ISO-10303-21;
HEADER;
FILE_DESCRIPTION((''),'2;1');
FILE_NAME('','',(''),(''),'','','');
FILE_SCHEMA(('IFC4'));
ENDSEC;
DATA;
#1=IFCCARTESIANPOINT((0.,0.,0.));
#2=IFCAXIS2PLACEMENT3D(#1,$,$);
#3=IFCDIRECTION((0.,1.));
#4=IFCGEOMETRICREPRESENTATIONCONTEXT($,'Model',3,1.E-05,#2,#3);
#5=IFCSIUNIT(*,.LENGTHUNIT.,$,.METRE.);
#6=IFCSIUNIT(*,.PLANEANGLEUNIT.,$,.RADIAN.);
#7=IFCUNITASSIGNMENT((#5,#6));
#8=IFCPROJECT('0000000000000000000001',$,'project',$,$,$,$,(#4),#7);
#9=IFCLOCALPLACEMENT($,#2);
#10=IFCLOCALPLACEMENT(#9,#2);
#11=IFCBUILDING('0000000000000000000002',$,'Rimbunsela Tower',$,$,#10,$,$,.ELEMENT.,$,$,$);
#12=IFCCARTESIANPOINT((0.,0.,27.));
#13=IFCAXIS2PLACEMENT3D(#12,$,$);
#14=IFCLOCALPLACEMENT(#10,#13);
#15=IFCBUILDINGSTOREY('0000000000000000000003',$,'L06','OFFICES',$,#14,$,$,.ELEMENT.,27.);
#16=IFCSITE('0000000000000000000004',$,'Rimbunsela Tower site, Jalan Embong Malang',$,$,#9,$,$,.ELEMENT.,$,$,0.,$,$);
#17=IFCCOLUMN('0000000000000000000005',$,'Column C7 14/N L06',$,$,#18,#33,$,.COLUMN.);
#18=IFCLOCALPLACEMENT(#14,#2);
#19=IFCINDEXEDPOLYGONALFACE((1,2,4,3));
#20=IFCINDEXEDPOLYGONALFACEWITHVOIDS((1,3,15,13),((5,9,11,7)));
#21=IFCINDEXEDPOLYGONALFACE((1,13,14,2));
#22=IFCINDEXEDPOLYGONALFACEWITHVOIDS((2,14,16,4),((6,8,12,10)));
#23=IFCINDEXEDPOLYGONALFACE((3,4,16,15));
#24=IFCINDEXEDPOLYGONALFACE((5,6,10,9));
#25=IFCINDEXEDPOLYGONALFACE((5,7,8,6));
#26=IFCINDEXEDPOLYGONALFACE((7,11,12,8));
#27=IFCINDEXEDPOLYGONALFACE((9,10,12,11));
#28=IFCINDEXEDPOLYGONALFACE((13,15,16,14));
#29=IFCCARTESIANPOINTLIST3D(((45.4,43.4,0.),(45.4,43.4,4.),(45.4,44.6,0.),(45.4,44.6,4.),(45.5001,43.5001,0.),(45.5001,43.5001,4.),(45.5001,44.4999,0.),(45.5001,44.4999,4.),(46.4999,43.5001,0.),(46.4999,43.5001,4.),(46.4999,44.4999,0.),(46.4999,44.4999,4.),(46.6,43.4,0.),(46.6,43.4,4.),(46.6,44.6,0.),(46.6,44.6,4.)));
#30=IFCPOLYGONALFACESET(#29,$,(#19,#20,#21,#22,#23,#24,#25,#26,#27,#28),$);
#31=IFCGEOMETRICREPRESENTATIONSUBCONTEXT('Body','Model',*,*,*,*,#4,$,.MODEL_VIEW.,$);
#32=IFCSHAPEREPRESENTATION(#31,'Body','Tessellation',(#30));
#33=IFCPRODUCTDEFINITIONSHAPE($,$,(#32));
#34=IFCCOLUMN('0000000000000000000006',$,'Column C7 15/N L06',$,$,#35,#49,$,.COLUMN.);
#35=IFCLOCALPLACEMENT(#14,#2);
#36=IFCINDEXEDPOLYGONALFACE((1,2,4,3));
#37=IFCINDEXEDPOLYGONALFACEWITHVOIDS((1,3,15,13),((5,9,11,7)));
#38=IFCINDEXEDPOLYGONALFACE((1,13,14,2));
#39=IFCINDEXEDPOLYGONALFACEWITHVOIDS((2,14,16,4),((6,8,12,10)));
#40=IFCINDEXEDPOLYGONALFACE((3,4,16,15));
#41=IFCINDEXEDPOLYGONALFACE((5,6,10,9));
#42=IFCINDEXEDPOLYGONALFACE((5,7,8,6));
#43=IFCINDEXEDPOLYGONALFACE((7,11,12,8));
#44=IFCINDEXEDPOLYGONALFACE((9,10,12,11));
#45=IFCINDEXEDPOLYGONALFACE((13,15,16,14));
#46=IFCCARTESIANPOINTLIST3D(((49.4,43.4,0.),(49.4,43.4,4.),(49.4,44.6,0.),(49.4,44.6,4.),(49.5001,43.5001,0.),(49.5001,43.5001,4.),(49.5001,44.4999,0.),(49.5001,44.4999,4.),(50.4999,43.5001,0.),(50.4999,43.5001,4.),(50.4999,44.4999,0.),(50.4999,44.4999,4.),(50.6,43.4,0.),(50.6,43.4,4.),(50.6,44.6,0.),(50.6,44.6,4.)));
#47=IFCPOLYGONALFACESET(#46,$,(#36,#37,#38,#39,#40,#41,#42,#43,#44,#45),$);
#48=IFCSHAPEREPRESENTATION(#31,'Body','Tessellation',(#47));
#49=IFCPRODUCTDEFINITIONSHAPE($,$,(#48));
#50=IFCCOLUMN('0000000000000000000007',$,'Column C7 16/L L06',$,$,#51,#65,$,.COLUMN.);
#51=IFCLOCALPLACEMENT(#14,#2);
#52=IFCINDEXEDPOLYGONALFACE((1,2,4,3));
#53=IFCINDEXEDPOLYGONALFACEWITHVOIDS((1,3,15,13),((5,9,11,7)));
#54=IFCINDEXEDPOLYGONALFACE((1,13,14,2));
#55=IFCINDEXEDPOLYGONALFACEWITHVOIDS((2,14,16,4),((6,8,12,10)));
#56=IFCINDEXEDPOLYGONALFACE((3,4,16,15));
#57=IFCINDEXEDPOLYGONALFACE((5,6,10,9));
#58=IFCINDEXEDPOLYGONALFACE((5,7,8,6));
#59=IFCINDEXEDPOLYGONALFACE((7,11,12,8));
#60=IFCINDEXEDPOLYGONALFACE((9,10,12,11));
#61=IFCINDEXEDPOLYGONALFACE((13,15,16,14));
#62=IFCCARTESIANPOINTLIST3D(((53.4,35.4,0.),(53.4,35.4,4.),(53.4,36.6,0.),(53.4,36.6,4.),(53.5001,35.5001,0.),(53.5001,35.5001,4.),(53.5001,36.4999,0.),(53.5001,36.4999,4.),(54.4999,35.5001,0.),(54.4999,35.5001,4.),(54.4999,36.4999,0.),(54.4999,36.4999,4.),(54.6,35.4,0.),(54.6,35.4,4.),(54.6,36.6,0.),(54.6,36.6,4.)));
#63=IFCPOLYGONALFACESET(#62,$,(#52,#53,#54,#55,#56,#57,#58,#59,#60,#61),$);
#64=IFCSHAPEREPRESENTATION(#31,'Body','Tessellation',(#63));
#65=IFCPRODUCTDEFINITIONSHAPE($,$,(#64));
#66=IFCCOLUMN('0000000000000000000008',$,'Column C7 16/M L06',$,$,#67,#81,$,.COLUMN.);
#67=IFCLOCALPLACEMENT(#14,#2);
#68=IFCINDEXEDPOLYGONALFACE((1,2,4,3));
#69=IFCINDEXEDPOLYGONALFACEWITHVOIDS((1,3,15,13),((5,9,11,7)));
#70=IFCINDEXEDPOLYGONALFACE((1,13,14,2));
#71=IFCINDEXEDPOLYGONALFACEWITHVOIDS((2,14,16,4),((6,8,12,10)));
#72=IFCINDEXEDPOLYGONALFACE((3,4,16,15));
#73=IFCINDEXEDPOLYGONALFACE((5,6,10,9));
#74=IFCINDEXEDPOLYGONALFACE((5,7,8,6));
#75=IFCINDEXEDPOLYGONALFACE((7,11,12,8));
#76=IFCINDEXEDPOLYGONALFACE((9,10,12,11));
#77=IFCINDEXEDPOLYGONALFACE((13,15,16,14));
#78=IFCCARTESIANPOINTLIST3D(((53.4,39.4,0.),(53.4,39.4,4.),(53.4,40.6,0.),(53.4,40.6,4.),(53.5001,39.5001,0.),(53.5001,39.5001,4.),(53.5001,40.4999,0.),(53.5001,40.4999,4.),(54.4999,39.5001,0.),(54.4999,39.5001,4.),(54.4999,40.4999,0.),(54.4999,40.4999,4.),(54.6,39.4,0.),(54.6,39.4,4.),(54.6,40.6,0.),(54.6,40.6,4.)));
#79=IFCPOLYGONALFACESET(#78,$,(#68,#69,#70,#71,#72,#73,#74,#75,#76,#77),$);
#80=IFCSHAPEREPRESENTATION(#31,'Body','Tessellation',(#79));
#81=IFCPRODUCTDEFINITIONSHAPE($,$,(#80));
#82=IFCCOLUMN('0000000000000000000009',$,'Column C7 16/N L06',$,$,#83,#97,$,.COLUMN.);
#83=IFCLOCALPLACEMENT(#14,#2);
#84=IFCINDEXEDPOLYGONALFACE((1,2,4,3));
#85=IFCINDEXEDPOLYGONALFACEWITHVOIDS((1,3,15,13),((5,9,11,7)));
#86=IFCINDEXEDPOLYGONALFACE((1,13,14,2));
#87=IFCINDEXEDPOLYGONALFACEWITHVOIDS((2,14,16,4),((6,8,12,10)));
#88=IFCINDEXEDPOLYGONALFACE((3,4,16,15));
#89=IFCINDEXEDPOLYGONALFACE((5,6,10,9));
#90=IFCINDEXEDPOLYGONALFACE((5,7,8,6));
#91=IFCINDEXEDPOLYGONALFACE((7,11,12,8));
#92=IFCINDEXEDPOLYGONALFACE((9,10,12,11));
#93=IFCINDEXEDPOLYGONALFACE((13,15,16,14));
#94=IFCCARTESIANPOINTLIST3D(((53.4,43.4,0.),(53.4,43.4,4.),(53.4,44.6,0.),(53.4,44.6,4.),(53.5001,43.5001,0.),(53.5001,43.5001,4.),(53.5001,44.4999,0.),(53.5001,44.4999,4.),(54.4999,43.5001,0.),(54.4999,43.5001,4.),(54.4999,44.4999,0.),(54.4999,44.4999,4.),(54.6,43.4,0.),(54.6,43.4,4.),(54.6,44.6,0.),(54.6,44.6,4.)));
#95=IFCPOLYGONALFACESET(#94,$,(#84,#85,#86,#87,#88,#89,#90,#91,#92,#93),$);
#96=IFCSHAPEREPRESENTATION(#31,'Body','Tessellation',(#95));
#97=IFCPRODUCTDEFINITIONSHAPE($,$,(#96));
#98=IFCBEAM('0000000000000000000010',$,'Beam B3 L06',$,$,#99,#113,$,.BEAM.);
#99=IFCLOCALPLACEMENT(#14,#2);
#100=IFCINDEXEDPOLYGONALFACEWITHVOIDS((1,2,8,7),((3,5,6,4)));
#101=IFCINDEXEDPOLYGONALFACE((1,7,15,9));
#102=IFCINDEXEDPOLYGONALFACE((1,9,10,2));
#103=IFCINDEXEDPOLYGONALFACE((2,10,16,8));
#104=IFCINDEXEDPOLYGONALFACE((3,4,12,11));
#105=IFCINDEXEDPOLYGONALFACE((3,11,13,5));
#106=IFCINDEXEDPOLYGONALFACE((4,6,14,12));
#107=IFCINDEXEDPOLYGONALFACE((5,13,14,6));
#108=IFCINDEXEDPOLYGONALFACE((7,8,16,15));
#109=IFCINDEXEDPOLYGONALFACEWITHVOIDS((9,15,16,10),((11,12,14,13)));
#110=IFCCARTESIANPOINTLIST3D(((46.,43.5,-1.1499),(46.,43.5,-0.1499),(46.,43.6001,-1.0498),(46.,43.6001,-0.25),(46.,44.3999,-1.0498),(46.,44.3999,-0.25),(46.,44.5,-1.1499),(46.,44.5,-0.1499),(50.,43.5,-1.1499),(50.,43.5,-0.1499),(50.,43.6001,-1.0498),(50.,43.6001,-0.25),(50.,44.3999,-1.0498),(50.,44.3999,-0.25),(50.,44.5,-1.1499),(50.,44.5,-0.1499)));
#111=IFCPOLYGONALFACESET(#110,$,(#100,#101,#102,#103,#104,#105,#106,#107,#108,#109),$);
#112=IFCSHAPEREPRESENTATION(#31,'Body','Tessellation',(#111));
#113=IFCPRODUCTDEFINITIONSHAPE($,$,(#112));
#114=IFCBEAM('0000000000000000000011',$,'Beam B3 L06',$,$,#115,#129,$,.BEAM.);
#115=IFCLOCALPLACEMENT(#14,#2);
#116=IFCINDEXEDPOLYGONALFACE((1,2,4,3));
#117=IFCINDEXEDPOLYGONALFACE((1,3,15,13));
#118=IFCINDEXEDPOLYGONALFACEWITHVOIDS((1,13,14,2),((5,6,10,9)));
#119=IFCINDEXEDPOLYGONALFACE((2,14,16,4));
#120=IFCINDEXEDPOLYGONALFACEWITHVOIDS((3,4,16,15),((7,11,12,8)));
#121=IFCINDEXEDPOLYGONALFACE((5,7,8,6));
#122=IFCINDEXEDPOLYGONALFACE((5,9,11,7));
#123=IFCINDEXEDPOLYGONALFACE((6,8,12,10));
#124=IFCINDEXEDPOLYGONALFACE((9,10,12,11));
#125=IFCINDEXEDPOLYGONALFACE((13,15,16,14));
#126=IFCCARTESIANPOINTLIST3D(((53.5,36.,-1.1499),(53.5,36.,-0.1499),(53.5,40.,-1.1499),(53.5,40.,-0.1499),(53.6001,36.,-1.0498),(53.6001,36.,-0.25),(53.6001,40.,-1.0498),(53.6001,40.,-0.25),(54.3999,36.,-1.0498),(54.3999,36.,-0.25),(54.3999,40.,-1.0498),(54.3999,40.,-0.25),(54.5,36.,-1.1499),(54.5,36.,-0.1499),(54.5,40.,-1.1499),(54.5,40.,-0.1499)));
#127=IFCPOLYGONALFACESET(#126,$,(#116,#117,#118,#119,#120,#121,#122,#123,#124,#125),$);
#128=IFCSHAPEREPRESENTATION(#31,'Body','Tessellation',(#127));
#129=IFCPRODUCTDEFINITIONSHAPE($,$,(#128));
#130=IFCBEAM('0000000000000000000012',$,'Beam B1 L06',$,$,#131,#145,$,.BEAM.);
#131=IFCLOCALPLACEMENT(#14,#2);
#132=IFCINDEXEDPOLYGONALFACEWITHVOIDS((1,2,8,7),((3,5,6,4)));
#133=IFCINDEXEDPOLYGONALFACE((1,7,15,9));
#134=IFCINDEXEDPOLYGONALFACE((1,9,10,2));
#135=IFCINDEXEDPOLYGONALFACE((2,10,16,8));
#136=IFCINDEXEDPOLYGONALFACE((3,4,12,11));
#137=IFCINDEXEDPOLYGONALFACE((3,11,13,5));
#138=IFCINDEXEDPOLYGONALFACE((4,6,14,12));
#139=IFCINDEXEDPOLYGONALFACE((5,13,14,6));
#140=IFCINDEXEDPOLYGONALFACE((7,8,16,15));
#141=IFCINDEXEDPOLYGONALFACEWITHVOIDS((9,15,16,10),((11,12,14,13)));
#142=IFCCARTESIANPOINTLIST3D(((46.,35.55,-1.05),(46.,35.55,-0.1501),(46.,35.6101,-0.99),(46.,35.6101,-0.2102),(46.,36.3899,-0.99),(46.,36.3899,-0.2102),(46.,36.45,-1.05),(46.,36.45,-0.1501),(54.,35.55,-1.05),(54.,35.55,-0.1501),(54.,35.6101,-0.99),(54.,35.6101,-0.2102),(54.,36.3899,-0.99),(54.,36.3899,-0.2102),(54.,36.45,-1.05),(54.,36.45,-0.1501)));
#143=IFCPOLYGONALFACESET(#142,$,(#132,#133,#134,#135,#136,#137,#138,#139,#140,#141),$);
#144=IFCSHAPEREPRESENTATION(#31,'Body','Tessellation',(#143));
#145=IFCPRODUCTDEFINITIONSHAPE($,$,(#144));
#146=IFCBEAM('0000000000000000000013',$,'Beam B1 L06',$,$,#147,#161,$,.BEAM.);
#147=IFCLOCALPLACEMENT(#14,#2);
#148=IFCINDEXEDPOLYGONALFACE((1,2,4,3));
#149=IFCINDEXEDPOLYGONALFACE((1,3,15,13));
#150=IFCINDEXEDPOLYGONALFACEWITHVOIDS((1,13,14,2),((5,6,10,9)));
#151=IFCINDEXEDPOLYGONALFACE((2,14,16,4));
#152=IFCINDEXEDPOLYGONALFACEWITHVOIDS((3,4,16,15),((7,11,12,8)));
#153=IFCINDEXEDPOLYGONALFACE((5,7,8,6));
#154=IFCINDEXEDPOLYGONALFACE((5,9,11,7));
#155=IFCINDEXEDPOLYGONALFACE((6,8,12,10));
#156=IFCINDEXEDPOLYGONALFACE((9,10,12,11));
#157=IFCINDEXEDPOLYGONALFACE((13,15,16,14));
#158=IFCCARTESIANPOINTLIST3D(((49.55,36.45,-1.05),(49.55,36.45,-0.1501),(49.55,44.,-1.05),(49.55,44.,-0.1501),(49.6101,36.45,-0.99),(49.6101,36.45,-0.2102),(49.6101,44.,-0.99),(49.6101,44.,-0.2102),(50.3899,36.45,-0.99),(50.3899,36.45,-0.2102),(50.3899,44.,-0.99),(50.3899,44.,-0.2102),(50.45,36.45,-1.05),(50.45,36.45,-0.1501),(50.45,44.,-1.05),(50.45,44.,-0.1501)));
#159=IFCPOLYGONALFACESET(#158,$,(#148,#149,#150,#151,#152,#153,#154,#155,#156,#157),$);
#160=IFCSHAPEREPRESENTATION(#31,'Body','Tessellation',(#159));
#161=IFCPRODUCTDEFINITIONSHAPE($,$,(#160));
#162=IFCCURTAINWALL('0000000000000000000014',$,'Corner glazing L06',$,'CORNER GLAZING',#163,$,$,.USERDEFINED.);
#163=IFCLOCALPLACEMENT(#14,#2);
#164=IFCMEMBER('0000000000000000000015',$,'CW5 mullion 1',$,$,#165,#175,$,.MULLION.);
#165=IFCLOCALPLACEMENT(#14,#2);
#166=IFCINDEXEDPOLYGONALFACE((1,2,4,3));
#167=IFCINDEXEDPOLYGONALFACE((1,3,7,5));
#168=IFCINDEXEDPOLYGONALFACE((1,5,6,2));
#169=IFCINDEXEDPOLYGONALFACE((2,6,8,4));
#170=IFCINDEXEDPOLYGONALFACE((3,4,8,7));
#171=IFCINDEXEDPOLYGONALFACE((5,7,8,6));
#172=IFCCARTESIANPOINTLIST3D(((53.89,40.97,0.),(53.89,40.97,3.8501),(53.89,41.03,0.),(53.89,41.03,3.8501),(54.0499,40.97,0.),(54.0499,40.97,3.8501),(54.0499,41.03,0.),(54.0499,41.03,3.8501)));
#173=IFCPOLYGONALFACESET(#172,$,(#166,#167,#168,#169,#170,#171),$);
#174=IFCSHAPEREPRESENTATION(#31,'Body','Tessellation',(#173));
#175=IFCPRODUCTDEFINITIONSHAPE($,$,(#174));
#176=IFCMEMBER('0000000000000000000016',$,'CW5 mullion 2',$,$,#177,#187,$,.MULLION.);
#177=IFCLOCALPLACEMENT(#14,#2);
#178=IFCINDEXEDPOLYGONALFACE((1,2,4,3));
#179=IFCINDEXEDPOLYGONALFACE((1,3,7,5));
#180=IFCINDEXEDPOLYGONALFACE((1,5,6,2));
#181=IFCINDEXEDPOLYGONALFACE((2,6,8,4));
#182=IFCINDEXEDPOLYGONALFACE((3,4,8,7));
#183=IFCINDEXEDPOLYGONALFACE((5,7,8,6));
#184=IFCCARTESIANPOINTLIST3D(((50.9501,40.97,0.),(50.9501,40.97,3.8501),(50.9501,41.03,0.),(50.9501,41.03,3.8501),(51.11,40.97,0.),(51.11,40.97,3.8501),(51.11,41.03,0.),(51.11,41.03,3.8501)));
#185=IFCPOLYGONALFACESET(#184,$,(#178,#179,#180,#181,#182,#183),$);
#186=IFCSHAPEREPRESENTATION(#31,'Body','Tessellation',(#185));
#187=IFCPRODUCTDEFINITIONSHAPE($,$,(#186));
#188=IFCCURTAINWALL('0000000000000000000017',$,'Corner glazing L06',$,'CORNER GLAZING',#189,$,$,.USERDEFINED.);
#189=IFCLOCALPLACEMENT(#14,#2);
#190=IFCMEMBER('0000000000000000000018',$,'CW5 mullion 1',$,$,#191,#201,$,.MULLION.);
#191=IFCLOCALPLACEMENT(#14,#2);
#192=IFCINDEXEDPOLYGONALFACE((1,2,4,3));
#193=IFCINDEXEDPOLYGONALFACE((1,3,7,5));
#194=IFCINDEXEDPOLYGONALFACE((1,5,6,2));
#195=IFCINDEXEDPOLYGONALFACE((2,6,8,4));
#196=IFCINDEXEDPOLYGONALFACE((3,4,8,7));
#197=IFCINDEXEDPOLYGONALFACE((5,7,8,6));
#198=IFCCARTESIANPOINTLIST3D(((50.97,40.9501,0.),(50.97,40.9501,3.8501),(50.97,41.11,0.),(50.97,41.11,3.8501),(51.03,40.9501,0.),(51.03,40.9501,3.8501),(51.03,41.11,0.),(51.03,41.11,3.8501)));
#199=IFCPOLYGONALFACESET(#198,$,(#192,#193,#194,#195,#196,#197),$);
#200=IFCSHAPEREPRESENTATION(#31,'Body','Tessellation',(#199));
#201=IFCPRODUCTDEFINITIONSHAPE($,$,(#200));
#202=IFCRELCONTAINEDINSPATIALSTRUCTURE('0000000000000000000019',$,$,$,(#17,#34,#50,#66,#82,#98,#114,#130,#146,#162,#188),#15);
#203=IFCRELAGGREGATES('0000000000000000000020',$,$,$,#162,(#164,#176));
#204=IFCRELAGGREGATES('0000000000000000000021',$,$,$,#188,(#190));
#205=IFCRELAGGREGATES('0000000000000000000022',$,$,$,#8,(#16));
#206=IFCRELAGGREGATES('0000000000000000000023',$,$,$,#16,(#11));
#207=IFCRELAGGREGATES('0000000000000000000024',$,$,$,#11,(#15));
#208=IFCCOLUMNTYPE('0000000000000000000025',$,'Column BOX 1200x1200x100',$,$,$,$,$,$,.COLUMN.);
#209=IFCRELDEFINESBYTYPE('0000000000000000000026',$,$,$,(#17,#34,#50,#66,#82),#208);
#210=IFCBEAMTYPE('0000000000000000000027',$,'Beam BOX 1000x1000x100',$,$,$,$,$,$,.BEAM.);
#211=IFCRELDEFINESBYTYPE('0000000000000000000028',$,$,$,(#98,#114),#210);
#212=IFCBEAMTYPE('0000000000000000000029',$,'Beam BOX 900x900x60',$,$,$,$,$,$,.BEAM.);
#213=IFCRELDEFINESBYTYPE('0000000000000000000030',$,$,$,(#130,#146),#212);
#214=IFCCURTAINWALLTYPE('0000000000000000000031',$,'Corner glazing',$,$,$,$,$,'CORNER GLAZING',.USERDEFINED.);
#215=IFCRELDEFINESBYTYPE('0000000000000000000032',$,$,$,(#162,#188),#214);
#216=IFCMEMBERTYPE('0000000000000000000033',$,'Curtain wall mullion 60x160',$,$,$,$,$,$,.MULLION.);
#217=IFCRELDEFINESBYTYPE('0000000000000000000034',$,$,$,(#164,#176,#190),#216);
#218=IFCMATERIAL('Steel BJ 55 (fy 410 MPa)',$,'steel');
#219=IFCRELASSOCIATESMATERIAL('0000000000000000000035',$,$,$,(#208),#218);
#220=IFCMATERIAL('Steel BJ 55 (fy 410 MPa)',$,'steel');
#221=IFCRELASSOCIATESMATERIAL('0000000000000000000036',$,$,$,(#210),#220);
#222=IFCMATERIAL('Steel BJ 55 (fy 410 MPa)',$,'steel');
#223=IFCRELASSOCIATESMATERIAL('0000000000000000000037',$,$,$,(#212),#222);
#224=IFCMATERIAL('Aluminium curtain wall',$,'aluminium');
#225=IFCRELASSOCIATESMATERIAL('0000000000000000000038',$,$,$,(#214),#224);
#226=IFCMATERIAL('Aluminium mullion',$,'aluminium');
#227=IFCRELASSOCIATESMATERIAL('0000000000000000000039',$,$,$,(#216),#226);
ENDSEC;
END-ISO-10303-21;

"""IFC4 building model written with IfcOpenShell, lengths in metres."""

from ifc_helpers import new_model, si_unit, direction, frame, origin, origin_2d, place, context, subcontext, project, spatial, rectangle, hollow_rectangle, extrude, material, material_profile, profile_set, type_object, element, aggregate, save


model = new_model("IFC4")

# Units and contexts
model_context = context("Model", 3, precision=1e-05, world=origin(), true_north=direction((0.0, 1.0)))
body_context = subcontext(model_context, "Body", "Model", "MODEL_VIEW")
ifc_project = project(units=[si_unit("LENGTHUNIT", "METRE"), si_unit("PLANEANGLEUNIT", "RADIAN")], contexts=[model_context])

# Site, building, storey
site_placement = place(None, origin())
site = spatial("IfcSite", under=ifc_project, at=site_placement, Name="Rimbunsela Tower site, Jalan Embong Malang", CompositionType="ELEMENT", RefElevation=0.0)
building_placement = place(site_placement, origin())
building = spatial("IfcBuilding", under=site, at=building_placement, Name="Rimbunsela Tower", CompositionType="ELEMENT")
storey_placement = place(building_placement, frame((0.0, 0.0, 27.0)))
storey = spatial("IfcBuildingStorey", under=building, at=storey_placement, Name="L06", Description="OFFICES", CompositionType="ELEMENT", Elevation=27.0)

# Columns
ifc_material_1 = material(Name="Steel BJ 55 (fy 410 MPa)", Category="steel")
ifc_material_profile_1 = material_profile(ifc_material_1, hollow_rectangle(XDim=1.2, YDim=1.2, WallThickness=0.1001, at=origin_2d()), Name="BOX 1200x1200x100")
ifc_profile_set_1 = profile_set([ifc_material_profile_1], Name="Steel BJ 55 (fy 410 MPa)")
column_type = type_object("IfcColumnType", Name="Column BOX 1200x1200x100", PredefinedType="COLUMN", material=ifc_profile_set_1)
for number, where, z_axis, x_axis, name in (
    (1, (46.0, 44.0, 0.0), (0.0, 0.0, 1.0), (1.0, 0.0, 0.0), "Column C7 14/N L06"),
    (2, (50.0, 44.0, 0.0), (0.0, 0.0, 1.0), (1.0, 0.0, 0.0), "Column C7 15/N L06"),
    (3, (54.0, 36.0, 0.0), (0.0, 0.0, 1.0), (1.0, 0.0, 0.0), "Column C7 16/L L06"),
    (4, (54.0, 40.0, 0.0), (0.0, 0.0, 1.0), (1.0, 0.0, 0.0), "Column C7 16/M L06"),
    (5, (54.0, 44.0, 0.0), (0.0, 0.0, 1.0), (1.0, 0.0, 0.0), "Column C7 16/N L06"),
):
    element("IfcColumn", number, at=place(storey_placement, frame(where, z_axis=z_axis, x_axis=x_axis)), inside=storey, type_object=column_type, Name=name, PredefinedType="COLUMN", context=body_context, shape_type="SweptSolid", body=[
        extrude(hollow_rectangle(XDim=1.2, YDim=1.2, WallThickness=0.1001, at=origin_2d()), origin(), (0.0, 0.0, 1.0), 4.0),
    ])

# Beams
ifc_material_2 = material(Name="Steel BJ 55 (fy 410 MPa)", Category="steel")
ifc_material_profile_2 = material_profile(ifc_material_2, hollow_rectangle(XDim=1.0, YDim=1.0, WallThickness=0.1001, at=origin_2d()), Name="BOX 1000x1000x100")
ifc_profile_set_2 = profile_set([ifc_material_profile_2], Name="Steel BJ 55 (fy 410 MPa)")
beam_type_1 = type_object("IfcBeamType", Name="Beam BOX 1000x1000x100", PredefinedType="BEAM", material=ifc_profile_set_2)
for number, where, z_axis, x_axis, name in (
    (6, (46.0, 44.0, -0.6499), (1.0, 0.0, 0.0), (0.0, 1.0, 0.0), "Beam B3 L06"),
    (7, (54.0, 36.0, -0.6499), (0.0, 1.0, 0.0), (-1.0, 0.0, 0.0), "Beam B3 L06"),
):
    element("IfcBeam", number, at=place(storey_placement, frame(where, z_axis=z_axis, x_axis=x_axis)), inside=storey, type_object=beam_type_1, Name=name, PredefinedType="BEAM", context=body_context, shape_type="SweptSolid", body=[
        extrude(hollow_rectangle(XDim=1.0, YDim=1.0, WallThickness=0.1001, at=origin_2d()), origin(), (0.0, 0.0, 1.0), 4.0),
    ])
ifc_material_3 = material(Name="Steel BJ 55 (fy 410 MPa)", Category="steel")
ifc_material_profile_3 = material_profile(ifc_material_3, hollow_rectangle(XDim=0.8999, YDim=0.8999, WallThickness=0.0601, at=origin_2d()), Name="BOX 900x900x60")
ifc_profile_set_3 = profile_set([ifc_material_profile_3], Name="Steel BJ 55 (fy 410 MPa)")
beam_type_2 = type_object("IfcBeamType", Name="Beam BOX 900x900x60", PredefinedType="BEAM", material=ifc_profile_set_3)
beam_1_placement = place(storey_placement, frame((46.0, 36.0, -0.6001), z_axis=(1.0, 0.0, 0.0), x_axis=(0.0, 1.0, 0.0)))
element("IfcBeam", 8, at=beam_1_placement, inside=storey, type_object=beam_type_2, Name="Beam B1 L06", PredefinedType="BEAM", context=body_context, shape_type="SweptSolid", body=[
    extrude(hollow_rectangle(XDim=0.8999, YDim=0.8999, WallThickness=0.0601, at=origin_2d()), origin(), (0.0, 0.0, 1.0), 8.0),
])
beam_2_placement = place(storey_placement, frame((50.0, 36.45, -0.6001), z_axis=(0.0, 1.0, 0.0), x_axis=(-1.0, 0.0, 0.0)))
element("IfcBeam", 9, at=beam_2_placement, inside=storey, type_object=beam_type_2, Name="Beam B1 L06", PredefinedType="BEAM", context=body_context, shape_type="SweptSolid", body=[
    extrude(hollow_rectangle(XDim=0.8999, YDim=0.8999, WallThickness=0.0601, at=origin_2d()), origin(), (0.0, 0.0, 1.0), 7.55),
])

# Curtain walls, members
ifc_material_4 = material(Name="Aluminium curtain wall", Category="aluminium")
curtain_wall_type = type_object("IfcCurtainWallType", Name="Corner glazing", ElementType="CORNER GLAZING", PredefinedType="USERDEFINED", material=ifc_material_4)
curtain_wall_1_placement = place(storey_placement, origin())
curtain_wall_1 = element("IfcCurtainWall", 10, at=curtain_wall_1_placement, inside=storey, type_object=curtain_wall_type, Name="Corner glazing L06", ObjectType="CORNER GLAZING", PredefinedType="USERDEFINED")
ifc_material_5 = material(Name="Aluminium mullion", Category="aluminium")
ifc_material_profile_4 = material_profile(ifc_material_5, rectangle(XDim=0.0601, YDim=0.1599, at=origin_2d()), Name="Mullion 60x160")
ifc_profile_set_4 = profile_set([ifc_material_profile_4], Name="Aluminium mullion")
member_type_1 = type_object("IfcMemberType", Name="Curtain wall mullion 60x160", PredefinedType="MULLION", material=ifc_profile_set_4)
member_1_placement = place(storey_placement, frame((53.97, 41.0, 0.0), z_axis=(0.0, 0.0, 1.0), x_axis=(0.0, -1.0, 0.0)))
member_1 = element("IfcMember", 11, at=member_1_placement, type_object=member_type_1, Name="CW5 mullion 1", PredefinedType="MULLION", context=body_context, shape_type="SweptSolid", body=[
    extrude(rectangle(XDim=0.0601, YDim=0.1599, at=origin_2d()), origin(), (0.0, 0.0, 1.0), 3.8501),
])
member_2_placement = place(storey_placement, frame((51.03, 41.0, 0.0), z_axis=(0.0, 0.0, 1.0), x_axis=(0.0, -1.0, 0.0)))
member_2 = element("IfcMember", 12, at=member_2_placement, type_object=member_type_1, Name="CW5 mullion 2", PredefinedType="MULLION", context=body_context, shape_type="SweptSolid", body=[
    extrude(rectangle(XDim=0.0601, YDim=0.1599, at=origin_2d()), origin(), (0.0, 0.0, 1.0), 3.8501),
])
curtain_wall_2_placement = place(storey_placement, origin())
curtain_wall_2 = element("IfcCurtainWall", 13, at=curtain_wall_2_placement, inside=storey, type_object=curtain_wall_type, Name="Corner glazing L06", ObjectType="CORNER GLAZING", PredefinedType="USERDEFINED")
member_3_placement = place(storey_placement, frame((51.0, 41.03, 0.0), z_axis=(0.0, 0.0, 1.0), x_axis=(-1.0, 0.0, 0.0)))
member_3 = element("IfcMember", 14, at=member_3_placement, type_object=member_type_1, Name="CW5 mullion 1", PredefinedType="MULLION", context=body_context, shape_type="SweptSolid", body=[
    extrude(rectangle(XDim=0.0601, YDim=0.1599, at=origin_2d()), origin(), (0.0, 0.0, 1.0), 3.8501),
])

aggregate(curtain_wall_1, [member_1, member_2])
aggregate(curtain_wall_2, [member_3])

save(model, "model.ifc")
